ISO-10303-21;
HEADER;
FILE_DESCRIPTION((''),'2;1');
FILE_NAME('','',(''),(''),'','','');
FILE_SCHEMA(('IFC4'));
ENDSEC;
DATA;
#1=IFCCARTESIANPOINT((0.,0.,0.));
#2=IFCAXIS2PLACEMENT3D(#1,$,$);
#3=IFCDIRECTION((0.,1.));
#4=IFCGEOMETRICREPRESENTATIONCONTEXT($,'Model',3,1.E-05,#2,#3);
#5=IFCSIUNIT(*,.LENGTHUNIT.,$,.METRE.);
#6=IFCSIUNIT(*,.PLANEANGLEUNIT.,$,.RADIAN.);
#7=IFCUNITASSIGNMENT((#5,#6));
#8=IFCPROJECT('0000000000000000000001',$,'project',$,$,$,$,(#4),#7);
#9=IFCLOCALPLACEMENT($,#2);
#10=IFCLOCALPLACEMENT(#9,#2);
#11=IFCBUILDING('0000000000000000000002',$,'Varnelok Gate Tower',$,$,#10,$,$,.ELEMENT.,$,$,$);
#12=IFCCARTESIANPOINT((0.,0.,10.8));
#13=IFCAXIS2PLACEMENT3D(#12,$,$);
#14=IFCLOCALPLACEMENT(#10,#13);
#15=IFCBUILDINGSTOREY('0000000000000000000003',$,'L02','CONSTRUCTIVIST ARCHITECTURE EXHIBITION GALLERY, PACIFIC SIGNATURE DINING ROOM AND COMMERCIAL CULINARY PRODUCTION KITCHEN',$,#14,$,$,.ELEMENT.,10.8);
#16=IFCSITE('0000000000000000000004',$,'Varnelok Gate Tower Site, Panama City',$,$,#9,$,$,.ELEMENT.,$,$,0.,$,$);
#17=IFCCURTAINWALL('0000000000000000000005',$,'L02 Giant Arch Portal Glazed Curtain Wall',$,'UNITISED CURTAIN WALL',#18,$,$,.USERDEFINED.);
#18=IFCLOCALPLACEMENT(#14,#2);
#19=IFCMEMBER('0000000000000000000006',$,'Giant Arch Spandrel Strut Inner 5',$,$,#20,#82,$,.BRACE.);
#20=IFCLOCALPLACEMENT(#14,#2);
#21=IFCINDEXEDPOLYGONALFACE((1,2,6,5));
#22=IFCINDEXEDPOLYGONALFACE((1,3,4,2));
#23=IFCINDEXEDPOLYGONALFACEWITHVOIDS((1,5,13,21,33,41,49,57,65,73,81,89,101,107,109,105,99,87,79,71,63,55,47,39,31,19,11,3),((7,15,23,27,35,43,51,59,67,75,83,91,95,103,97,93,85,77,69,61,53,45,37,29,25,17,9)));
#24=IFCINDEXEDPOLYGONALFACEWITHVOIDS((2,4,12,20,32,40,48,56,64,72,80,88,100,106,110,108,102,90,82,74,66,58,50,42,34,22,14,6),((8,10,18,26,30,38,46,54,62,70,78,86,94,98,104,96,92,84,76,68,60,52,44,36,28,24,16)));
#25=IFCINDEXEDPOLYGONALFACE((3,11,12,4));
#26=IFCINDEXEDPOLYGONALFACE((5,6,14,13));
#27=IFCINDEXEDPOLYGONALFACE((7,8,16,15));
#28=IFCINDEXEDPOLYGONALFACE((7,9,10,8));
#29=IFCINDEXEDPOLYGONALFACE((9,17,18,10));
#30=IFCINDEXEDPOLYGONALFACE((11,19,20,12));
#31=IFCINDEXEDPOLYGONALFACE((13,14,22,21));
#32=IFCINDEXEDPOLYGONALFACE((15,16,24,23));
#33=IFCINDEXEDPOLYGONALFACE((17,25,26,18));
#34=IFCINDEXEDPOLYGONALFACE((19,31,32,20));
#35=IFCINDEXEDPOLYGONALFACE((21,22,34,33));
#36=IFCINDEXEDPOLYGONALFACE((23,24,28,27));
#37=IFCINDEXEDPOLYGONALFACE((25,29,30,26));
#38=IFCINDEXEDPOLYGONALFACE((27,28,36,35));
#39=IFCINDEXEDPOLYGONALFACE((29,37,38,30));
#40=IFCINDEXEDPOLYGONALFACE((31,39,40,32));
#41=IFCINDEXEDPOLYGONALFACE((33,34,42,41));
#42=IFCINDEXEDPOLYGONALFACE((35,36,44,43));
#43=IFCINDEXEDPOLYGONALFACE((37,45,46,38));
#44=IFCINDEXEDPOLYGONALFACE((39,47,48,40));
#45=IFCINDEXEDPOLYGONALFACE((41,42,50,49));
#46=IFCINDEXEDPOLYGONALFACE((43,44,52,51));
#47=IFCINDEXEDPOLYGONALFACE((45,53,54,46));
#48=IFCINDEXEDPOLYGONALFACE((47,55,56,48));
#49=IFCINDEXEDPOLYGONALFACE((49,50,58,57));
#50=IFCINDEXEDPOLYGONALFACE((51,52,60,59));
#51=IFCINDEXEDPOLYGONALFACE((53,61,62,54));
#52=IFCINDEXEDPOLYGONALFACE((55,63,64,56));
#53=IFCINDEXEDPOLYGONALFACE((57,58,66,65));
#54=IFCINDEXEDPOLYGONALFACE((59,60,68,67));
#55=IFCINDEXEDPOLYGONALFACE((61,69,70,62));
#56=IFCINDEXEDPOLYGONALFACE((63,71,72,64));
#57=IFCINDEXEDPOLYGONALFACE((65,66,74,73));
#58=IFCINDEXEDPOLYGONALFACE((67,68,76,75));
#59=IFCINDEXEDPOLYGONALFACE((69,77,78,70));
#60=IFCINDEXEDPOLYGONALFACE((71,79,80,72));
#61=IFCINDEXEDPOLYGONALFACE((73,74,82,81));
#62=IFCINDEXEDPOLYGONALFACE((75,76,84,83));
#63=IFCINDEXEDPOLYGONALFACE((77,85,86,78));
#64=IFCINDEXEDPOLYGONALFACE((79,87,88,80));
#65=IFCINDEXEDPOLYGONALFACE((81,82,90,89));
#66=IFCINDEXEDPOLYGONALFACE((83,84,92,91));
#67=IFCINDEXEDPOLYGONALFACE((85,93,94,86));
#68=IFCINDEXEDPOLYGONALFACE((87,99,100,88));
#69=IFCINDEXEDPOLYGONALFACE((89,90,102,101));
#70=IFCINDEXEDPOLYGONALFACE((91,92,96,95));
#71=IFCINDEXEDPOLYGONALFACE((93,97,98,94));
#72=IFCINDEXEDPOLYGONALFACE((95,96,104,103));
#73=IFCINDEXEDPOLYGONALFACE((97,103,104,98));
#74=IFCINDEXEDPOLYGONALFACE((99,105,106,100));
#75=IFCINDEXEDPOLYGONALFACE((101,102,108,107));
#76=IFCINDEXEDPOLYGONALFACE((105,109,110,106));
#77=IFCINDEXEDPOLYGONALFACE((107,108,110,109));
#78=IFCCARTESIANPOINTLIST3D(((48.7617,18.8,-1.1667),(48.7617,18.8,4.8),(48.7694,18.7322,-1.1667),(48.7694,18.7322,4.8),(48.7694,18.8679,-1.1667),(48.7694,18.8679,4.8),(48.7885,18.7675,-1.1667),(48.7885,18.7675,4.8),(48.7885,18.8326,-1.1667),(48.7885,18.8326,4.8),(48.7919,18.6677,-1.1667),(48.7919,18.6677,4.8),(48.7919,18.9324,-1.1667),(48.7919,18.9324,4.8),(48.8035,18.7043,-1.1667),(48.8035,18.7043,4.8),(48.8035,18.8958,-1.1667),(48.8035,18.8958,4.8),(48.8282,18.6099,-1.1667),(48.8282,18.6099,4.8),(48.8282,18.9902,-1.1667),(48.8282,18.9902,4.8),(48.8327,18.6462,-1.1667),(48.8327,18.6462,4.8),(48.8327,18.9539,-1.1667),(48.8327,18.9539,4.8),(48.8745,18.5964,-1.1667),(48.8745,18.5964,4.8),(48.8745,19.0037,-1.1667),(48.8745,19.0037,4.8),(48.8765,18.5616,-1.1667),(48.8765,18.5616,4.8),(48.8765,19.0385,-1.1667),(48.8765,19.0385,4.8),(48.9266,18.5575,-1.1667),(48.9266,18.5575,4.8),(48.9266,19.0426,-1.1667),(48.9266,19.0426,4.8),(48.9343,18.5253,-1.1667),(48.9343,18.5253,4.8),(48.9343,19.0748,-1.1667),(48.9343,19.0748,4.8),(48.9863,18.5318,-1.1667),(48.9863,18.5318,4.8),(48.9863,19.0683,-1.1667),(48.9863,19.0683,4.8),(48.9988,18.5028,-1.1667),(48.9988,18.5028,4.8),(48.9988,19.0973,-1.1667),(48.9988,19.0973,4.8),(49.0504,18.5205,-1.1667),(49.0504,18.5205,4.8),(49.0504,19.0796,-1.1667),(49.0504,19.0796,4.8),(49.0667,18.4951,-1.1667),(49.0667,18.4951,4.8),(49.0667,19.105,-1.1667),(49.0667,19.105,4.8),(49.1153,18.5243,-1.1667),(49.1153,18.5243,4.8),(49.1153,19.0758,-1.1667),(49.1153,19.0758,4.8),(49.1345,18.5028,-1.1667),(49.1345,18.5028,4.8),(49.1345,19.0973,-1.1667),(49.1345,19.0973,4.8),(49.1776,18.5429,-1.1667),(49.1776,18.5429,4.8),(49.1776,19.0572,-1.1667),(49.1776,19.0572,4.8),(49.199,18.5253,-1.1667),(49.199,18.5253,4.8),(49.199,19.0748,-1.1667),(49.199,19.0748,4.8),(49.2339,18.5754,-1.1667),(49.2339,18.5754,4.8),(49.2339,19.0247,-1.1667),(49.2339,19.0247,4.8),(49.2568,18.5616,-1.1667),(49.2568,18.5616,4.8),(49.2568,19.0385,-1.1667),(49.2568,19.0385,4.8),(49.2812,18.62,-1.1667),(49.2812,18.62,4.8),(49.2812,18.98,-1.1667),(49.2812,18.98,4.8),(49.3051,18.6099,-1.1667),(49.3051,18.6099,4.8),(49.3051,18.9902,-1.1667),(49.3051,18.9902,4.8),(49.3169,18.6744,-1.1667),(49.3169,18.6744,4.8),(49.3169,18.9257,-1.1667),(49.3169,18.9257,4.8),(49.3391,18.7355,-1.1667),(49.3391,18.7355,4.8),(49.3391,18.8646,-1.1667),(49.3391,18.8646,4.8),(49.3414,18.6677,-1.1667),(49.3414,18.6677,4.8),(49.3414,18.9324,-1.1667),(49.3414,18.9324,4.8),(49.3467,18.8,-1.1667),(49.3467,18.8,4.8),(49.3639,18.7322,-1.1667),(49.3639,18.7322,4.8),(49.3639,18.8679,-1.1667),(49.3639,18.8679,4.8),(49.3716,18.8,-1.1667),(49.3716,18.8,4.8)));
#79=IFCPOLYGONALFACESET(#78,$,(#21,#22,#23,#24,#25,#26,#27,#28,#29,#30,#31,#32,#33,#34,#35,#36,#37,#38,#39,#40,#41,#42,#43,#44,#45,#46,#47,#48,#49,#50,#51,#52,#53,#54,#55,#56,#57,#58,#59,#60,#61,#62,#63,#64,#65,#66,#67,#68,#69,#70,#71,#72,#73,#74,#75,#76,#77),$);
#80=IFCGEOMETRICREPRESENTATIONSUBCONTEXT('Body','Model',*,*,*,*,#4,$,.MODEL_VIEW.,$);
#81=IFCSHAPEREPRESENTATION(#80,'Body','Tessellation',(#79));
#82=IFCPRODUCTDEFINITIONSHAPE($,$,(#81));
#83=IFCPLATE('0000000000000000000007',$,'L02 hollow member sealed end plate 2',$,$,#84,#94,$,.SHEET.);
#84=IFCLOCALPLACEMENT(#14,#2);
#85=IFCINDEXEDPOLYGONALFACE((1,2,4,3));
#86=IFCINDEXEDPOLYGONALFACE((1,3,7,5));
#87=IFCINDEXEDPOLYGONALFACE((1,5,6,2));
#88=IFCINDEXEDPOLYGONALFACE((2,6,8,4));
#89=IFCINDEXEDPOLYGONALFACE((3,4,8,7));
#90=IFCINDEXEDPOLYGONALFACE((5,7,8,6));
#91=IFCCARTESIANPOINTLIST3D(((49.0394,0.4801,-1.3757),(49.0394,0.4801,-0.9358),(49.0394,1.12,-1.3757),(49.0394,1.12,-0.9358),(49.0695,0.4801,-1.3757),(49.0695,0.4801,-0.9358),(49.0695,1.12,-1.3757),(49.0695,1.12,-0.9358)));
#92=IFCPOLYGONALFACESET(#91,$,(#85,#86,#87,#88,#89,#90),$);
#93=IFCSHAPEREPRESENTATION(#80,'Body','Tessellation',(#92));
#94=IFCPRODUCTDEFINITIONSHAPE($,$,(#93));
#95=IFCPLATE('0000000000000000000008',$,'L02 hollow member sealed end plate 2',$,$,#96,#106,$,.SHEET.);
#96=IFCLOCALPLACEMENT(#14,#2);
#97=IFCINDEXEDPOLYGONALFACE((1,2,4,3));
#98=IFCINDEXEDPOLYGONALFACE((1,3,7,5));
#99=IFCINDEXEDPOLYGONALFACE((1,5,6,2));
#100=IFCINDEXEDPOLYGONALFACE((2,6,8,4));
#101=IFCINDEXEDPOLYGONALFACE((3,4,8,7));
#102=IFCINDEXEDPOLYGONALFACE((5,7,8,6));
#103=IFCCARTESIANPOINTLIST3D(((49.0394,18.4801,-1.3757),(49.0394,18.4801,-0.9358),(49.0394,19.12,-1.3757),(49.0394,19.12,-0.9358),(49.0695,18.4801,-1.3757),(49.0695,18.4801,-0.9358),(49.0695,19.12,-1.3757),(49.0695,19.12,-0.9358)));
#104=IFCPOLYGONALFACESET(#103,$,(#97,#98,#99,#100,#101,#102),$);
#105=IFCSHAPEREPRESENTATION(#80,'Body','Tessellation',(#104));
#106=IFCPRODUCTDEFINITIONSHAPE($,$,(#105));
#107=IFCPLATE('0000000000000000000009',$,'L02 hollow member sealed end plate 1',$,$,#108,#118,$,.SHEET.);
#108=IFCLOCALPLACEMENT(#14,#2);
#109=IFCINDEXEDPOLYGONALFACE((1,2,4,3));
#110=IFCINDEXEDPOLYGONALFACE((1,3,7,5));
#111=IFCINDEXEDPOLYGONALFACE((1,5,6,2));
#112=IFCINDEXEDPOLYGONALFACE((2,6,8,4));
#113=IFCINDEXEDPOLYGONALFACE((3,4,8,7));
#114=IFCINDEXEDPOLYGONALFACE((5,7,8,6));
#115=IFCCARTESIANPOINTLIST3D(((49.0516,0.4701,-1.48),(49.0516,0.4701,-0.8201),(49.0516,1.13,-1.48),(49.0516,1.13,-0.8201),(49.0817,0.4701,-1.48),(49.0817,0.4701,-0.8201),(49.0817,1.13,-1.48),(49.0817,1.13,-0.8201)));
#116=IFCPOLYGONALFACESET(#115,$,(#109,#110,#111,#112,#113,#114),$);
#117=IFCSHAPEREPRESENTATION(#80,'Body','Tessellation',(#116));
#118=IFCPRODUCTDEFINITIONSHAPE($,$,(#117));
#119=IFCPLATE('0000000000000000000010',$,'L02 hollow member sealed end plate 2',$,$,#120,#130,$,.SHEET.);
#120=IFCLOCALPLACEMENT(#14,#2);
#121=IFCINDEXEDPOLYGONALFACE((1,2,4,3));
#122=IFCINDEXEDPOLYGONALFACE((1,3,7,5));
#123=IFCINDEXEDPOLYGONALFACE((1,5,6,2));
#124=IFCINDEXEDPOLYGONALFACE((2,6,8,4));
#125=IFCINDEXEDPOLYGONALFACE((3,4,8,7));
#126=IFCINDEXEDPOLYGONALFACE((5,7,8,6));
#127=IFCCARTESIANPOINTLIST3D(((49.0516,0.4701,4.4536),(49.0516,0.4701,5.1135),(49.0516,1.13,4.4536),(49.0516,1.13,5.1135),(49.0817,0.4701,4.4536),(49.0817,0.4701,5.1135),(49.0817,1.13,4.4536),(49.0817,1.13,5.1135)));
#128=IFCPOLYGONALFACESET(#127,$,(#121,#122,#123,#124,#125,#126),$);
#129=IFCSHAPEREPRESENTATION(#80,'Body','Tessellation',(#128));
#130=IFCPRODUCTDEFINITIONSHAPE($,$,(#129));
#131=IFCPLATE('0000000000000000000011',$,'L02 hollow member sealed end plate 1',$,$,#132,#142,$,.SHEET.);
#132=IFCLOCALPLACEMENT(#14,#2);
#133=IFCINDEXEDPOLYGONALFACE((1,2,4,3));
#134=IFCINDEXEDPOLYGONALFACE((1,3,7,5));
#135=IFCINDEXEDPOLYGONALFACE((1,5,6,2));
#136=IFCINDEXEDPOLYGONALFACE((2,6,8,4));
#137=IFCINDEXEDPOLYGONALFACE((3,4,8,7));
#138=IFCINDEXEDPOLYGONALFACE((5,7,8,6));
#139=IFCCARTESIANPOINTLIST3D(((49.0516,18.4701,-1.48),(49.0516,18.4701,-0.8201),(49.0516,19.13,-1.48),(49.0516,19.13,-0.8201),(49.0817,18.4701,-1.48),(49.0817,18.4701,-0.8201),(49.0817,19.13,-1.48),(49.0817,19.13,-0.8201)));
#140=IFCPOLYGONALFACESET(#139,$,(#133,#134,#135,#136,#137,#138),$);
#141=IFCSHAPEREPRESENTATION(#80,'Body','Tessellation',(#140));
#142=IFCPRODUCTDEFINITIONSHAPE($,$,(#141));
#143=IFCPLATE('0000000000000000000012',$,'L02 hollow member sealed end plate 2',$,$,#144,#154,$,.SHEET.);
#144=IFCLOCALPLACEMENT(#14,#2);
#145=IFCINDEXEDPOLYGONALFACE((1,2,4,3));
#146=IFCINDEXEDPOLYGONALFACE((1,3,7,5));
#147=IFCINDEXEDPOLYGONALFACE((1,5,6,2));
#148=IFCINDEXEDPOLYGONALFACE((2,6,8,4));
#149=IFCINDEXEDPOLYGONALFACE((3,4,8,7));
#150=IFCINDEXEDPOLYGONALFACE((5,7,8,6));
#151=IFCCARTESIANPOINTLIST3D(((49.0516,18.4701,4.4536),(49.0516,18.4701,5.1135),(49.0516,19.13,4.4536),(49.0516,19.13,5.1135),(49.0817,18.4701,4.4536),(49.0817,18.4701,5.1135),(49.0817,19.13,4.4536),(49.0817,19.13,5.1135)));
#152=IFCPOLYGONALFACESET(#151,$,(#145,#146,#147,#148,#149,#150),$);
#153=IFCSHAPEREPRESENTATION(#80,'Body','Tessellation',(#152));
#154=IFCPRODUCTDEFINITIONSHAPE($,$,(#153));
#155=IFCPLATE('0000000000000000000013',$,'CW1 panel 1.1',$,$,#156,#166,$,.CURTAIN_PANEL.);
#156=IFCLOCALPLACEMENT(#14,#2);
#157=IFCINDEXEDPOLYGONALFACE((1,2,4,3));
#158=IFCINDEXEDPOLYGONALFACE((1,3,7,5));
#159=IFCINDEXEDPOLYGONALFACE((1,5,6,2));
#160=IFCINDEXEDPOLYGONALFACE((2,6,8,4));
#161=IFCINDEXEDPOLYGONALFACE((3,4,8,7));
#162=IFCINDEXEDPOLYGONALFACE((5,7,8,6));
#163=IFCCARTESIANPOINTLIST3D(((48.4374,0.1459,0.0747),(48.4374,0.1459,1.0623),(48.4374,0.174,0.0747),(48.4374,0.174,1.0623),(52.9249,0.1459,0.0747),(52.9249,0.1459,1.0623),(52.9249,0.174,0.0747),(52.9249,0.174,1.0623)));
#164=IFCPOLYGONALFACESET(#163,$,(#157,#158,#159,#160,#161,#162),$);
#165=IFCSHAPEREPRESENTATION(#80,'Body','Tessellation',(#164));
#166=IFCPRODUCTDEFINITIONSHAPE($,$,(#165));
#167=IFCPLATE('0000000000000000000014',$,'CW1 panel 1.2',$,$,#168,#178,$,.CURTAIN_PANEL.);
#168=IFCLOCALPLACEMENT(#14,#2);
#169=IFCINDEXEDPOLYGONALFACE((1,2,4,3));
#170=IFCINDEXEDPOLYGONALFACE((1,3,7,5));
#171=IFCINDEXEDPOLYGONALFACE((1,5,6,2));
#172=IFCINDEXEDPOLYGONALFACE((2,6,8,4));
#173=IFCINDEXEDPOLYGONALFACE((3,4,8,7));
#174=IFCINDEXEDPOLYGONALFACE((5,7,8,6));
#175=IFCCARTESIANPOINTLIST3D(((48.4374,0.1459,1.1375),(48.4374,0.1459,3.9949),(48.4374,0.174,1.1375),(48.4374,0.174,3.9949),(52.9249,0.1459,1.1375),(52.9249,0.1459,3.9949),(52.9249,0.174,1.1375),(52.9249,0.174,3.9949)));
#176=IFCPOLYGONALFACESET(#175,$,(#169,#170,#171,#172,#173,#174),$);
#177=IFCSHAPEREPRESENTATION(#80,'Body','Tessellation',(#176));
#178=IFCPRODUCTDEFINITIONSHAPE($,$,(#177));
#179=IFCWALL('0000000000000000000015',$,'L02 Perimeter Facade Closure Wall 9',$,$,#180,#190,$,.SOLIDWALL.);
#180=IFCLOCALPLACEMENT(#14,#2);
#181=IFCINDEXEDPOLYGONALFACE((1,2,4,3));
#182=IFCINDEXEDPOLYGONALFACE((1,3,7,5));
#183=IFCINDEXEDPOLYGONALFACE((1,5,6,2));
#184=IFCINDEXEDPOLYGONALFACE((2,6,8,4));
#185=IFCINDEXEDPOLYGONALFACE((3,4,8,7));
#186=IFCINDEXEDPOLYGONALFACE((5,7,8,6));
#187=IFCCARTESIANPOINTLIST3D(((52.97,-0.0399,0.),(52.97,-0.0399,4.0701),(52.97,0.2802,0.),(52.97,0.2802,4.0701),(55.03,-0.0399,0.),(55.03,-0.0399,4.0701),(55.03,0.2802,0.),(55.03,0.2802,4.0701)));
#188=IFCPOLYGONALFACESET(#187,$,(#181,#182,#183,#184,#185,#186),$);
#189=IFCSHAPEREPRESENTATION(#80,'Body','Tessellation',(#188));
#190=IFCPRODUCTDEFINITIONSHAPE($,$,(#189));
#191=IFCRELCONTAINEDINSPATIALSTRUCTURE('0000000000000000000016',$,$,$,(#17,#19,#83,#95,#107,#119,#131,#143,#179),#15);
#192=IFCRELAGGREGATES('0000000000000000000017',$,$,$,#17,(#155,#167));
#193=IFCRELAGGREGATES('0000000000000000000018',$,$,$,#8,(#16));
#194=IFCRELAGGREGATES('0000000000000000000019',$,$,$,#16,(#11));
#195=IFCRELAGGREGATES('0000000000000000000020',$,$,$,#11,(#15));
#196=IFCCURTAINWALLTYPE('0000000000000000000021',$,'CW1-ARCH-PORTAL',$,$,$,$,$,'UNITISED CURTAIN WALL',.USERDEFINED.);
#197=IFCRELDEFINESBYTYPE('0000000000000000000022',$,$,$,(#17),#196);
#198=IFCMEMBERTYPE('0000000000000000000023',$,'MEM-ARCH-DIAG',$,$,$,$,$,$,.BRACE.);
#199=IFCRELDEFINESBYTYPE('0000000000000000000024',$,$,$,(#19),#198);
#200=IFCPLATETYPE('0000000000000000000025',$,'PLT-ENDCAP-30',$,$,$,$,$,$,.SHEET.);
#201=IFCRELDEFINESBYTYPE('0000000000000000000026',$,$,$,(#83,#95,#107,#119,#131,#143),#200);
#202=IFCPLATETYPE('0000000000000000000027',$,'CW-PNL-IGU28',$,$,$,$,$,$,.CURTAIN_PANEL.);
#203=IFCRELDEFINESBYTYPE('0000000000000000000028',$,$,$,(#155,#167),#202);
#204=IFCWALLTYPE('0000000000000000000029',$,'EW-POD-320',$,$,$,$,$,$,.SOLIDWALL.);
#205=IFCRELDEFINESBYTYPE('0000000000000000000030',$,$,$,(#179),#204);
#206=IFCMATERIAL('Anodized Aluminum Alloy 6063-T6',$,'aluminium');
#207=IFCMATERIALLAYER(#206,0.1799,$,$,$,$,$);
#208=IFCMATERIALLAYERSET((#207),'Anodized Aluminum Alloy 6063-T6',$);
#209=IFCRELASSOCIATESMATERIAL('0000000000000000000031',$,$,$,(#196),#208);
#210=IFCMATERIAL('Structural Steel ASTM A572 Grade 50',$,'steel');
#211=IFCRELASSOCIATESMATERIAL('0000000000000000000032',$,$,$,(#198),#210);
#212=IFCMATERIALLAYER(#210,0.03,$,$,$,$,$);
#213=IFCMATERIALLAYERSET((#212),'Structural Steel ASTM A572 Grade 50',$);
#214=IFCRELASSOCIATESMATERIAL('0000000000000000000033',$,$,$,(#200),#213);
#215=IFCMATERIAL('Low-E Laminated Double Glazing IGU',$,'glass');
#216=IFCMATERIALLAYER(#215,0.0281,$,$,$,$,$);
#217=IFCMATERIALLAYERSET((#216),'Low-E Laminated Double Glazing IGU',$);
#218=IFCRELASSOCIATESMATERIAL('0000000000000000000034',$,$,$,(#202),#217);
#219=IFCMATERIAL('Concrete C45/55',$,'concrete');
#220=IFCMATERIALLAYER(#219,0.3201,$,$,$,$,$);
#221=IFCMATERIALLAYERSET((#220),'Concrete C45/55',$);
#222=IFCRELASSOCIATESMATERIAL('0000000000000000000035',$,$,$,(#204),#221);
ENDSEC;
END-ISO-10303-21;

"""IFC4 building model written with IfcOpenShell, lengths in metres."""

from ifc_helpers import new_model, si_unit, direction, frame, frame_2d, origin, origin_2d, place, context, subcontext, project, spatial, rectangle, hollow_circle, extrude, source, transform, mapped, material, layer, layer_set, material_profile, profile_set, type_object, element, aggregate, save


model = new_model("IFC4")

# Units and contexts
model_context = context("Model", 3, precision=1e-05, world=origin(), true_north=direction((0.0, 1.0)))
body_context = subcontext(model_context, "Body", "Model", "MODEL_VIEW")
ifc_project = project(units=[si_unit("LENGTHUNIT", "METRE"), si_unit("PLANEANGLEUNIT", "RADIAN")], contexts=[model_context])

# Site, building, storey
site_placement = place(None, origin())
site = spatial("IfcSite", under=ifc_project, at=site_placement, Name="Varnelok Gate Tower Site, Panama City", CompositionType="ELEMENT", RefElevation=0.0)
building_placement = place(site_placement, origin())
building = spatial("IfcBuilding", under=site, at=building_placement, Name="Varnelok Gate Tower", CompositionType="ELEMENT")
storey_placement = place(building_placement, frame((0.0, 0.0, 10.8)))
storey = spatial("IfcBuildingStorey", under=building, at=storey_placement, Name="L02", Description="CONSTRUCTIVIST ARCHITECTURE EXHIBITION GALLERY, PACIFIC SIGNATURE DINING ROOM AND COMMERCIAL CULINARY PRODUCTION KITCHEN", CompositionType="ELEMENT", Elevation=10.8)

# Curtain wall
ifc_material_1 = material(Name="Anodized Aluminum Alloy 6063-T6", Category="aluminium")
ifc_layer_1 = layer(ifc_material_1, 0.1799)
ifc_layer_set_1 = layer_set([ifc_layer_1], Name="Anodized Aluminum Alloy 6063-T6")
curtain_wall_type = type_object("IfcCurtainWallType", Name="CW1-ARCH-PORTAL", ElementType="UNITISED CURTAIN WALL", PredefinedType="USERDEFINED", material=ifc_layer_set_1)
curtain_wall_placement = place(storey_placement, origin())
curtain_wall = element("IfcCurtainWall", 1, at=curtain_wall_placement, inside=storey, type_object=curtain_wall_type, Name="L02 Giant Arch Portal Glazed Curtain Wall", ObjectType="UNITISED CURTAIN WALL", PredefinedType="USERDEFINED")

# Member
ifc_material_2 = material(Name="Structural Steel ASTM A572 Grade 50", Category="steel")
ifc_material_profile_1 = material_profile(ifc_material_2, hollow_circle(Radius=0.3049, WallThickness=0.0249, at=origin_2d()), Name="CHS610X25")
ifc_profile_set_1 = profile_set([ifc_material_profile_1], Name="Structural Steel ASTM A572 Grade 50")
member_type_1 = type_object("IfcMemberType", Name="MEM-ARCH-DIAG", PredefinedType="BRACE", material=ifc_profile_set_1)
for number, where, z_axis, x_axis, name in (
    (2, (49.0667, 18.8, -1.1667), (0.0, 0.0, 1.0), (1.0, 0.0, 0.0), "Giant Arch Spandrel Strut Inner 5"),
):
    element("IfcMember", number, at=place(storey_placement, frame(where, z_axis=z_axis, x_axis=x_axis)), inside=storey, type_object=member_type_1, Name=name, PredefinedType="BRACE", context=body_context, shape_type="SweptSolid", body=[
        extrude(hollow_circle(Radius=0.3049, WallThickness=0.0249, at=origin_2d()), origin(), (0.0, 0.0, 1.0), 5.9668),
    ])

# Plates
ifc_layer_2 = layer(ifc_material_2, 0.03)
ifc_layer_set_2 = layer_set([ifc_layer_2], Name="Structural Steel ASTM A572 Grade 50")
plate_type_1 = type_object("IfcPlateType", Name="PLT-ENDCAP-30", PredefinedType="SHEET", material=ifc_layer_set_2)
shared_shape_1 = source(origin(), body_context, "Body", "SweptSolid", [
    extrude(rectangle(XDim=0.03, YDim=0.6399, at=origin_2d()), origin(), (0.0, 0.0, 1.0), 0.4399),
])
for number, where, z_axis, x_axis, name in (
    (3, (49.0544, 0.8, -1.3757), (0.0, 0.0, 1.0), (1.0, 0.0, 0.0), "L02 hollow member sealed end plate 2"),
    (4, (49.0544, 18.8, -1.3757), (0.0, 0.0, 1.0), (1.0, 0.0, 0.0), "L02 hollow member sealed end plate 2"),
):
    element("IfcPlate", number, at=place(storey_placement, frame(where, z_axis=z_axis, x_axis=x_axis)), inside=storey, type_object=plate_type_1, Name=name, PredefinedType="SHEET", context=body_context, shape_type="MappedRepresentation", body=[
        mapped(shared_shape_1, transform((0.0, 0.0, 0.0), scale=1.0)),
    ])
shared_shape_2 = source(origin(), body_context, "Body", "SweptSolid", [
    extrude(rectangle(XDim=0.03, YDim=0.6599, at=origin_2d()), origin(), (0.0, 0.0, 1.0), 0.6599),
])
for number, where, z_axis, x_axis, name in (
    (5, (49.0667, 0.8, -1.48), (0.0, 0.0, 1.0), (1.0, 0.0, 0.0), "L02 hollow member sealed end plate 1"),
    (6, (49.0667, 0.8, 4.4536), (0.0, 0.0, 1.0), (1.0, 0.0, 0.0), "L02 hollow member sealed end plate 2"),
    (7, (49.0667, 18.8, -1.48), (0.0, 0.0, 1.0), (1.0, 0.0, 0.0), "L02 hollow member sealed end plate 1"),
    (8, (49.0667, 18.8, 4.4536), (0.0, 0.0, 1.0), (1.0, 0.0, 0.0), "L02 hollow member sealed end plate 2"),
):
    element("IfcPlate", number, at=place(storey_placement, frame(where, z_axis=z_axis, x_axis=x_axis)), inside=storey, type_object=plate_type_1, Name=name, PredefinedType="SHEET", context=body_context, shape_type="MappedRepresentation", body=[
        mapped(shared_shape_2, transform((0.0, 0.0, 0.0), scale=1.0)),
    ])

# Plates
ifc_material_3 = material(Name="Low-E Laminated Double Glazing IGU", Category="glass")
ifc_layer_3 = layer(ifc_material_3, 0.0281)
ifc_layer_set_3 = layer_set([ifc_layer_3], Name="Low-E Laminated Double Glazing IGU")
plate_type_2 = type_object("IfcPlateType", Name="CW-PNL-IGU28", PredefinedType="CURTAIN_PANEL", material=ifc_layer_set_3)
shared_shape_3 = source(origin(), body_context, "Body", "SweptSolid", [
    extrude(rectangle(XDim=4.4875, YDim=0.0281, at=origin_2d()), origin(), (0.0, 0.0, 1.0), 0.9875),
])
plate_1_placement = place(storey_placement, frame((50.6812, 0.1599, 0.0747), z_axis=(0.0, 0.0, 1.0), x_axis=(-1.0, 0.0, 0.0)))
plate_1 = element("IfcPlate", 9, at=plate_1_placement, type_object=plate_type_2, Name="CW1 panel 1.1", PredefinedType="CURTAIN_PANEL", context=body_context, shape_type="MappedRepresentation", body=[
    mapped(shared_shape_3, transform((0.0, 0.0, 0.0), scale=1.0)),
])
shared_shape_4 = source(origin(), body_context, "Body", "SweptSolid", [
    extrude(rectangle(XDim=4.4875, YDim=0.0281, at=origin_2d()), origin(), (0.0, 0.0, 1.0), 2.8574),
])
plate_2_placement = place(storey_placement, frame((50.6812, 0.1599, 1.1375), z_axis=(0.0, 0.0, 1.0), x_axis=(-1.0, 0.0, 0.0)))
plate_2 = element("IfcPlate", 10, at=plate_2_placement, type_object=plate_type_2, Name="CW1 panel 1.2", PredefinedType="CURTAIN_PANEL", context=body_context, shape_type="MappedRepresentation", body=[
    mapped(shared_shape_4, transform((0.0, 0.0, 0.0), scale=1.0)),
])
aggregate(curtain_wall, [plate_1, plate_2])

# Wall
ifc_material_4 = material(Name="Concrete C45/55", Category="concrete")
ifc_layer_4 = layer(ifc_material_4, 0.3201)
ifc_layer_set_4 = layer_set([ifc_layer_4], Name="Concrete C45/55")
wall_type = type_object("IfcWallType", Name="EW-POD-320", PredefinedType="SOLIDWALL", material=ifc_layer_set_4)
wall_placement = place(storey_placement, frame((52.97, 0.1201, 0.0), z_axis=(0.0, 0.0, 1.0), x_axis=(1.0, 0.0, 0.0)))
element("IfcWall", 11, at=wall_placement, inside=storey, type_object=wall_type, Name="L02 Perimeter Facade Closure Wall 9", PredefinedType="SOLIDWALL", context=body_context, shape_type="SweptSolid", body=[
    extrude(rectangle(XDim=2.0601, YDim=0.3201, at=frame_2d((1.03, 0.0))), origin(), (0.0, 0.0, 1.0), 4.0701),
])

save(model, "model.ifc")
